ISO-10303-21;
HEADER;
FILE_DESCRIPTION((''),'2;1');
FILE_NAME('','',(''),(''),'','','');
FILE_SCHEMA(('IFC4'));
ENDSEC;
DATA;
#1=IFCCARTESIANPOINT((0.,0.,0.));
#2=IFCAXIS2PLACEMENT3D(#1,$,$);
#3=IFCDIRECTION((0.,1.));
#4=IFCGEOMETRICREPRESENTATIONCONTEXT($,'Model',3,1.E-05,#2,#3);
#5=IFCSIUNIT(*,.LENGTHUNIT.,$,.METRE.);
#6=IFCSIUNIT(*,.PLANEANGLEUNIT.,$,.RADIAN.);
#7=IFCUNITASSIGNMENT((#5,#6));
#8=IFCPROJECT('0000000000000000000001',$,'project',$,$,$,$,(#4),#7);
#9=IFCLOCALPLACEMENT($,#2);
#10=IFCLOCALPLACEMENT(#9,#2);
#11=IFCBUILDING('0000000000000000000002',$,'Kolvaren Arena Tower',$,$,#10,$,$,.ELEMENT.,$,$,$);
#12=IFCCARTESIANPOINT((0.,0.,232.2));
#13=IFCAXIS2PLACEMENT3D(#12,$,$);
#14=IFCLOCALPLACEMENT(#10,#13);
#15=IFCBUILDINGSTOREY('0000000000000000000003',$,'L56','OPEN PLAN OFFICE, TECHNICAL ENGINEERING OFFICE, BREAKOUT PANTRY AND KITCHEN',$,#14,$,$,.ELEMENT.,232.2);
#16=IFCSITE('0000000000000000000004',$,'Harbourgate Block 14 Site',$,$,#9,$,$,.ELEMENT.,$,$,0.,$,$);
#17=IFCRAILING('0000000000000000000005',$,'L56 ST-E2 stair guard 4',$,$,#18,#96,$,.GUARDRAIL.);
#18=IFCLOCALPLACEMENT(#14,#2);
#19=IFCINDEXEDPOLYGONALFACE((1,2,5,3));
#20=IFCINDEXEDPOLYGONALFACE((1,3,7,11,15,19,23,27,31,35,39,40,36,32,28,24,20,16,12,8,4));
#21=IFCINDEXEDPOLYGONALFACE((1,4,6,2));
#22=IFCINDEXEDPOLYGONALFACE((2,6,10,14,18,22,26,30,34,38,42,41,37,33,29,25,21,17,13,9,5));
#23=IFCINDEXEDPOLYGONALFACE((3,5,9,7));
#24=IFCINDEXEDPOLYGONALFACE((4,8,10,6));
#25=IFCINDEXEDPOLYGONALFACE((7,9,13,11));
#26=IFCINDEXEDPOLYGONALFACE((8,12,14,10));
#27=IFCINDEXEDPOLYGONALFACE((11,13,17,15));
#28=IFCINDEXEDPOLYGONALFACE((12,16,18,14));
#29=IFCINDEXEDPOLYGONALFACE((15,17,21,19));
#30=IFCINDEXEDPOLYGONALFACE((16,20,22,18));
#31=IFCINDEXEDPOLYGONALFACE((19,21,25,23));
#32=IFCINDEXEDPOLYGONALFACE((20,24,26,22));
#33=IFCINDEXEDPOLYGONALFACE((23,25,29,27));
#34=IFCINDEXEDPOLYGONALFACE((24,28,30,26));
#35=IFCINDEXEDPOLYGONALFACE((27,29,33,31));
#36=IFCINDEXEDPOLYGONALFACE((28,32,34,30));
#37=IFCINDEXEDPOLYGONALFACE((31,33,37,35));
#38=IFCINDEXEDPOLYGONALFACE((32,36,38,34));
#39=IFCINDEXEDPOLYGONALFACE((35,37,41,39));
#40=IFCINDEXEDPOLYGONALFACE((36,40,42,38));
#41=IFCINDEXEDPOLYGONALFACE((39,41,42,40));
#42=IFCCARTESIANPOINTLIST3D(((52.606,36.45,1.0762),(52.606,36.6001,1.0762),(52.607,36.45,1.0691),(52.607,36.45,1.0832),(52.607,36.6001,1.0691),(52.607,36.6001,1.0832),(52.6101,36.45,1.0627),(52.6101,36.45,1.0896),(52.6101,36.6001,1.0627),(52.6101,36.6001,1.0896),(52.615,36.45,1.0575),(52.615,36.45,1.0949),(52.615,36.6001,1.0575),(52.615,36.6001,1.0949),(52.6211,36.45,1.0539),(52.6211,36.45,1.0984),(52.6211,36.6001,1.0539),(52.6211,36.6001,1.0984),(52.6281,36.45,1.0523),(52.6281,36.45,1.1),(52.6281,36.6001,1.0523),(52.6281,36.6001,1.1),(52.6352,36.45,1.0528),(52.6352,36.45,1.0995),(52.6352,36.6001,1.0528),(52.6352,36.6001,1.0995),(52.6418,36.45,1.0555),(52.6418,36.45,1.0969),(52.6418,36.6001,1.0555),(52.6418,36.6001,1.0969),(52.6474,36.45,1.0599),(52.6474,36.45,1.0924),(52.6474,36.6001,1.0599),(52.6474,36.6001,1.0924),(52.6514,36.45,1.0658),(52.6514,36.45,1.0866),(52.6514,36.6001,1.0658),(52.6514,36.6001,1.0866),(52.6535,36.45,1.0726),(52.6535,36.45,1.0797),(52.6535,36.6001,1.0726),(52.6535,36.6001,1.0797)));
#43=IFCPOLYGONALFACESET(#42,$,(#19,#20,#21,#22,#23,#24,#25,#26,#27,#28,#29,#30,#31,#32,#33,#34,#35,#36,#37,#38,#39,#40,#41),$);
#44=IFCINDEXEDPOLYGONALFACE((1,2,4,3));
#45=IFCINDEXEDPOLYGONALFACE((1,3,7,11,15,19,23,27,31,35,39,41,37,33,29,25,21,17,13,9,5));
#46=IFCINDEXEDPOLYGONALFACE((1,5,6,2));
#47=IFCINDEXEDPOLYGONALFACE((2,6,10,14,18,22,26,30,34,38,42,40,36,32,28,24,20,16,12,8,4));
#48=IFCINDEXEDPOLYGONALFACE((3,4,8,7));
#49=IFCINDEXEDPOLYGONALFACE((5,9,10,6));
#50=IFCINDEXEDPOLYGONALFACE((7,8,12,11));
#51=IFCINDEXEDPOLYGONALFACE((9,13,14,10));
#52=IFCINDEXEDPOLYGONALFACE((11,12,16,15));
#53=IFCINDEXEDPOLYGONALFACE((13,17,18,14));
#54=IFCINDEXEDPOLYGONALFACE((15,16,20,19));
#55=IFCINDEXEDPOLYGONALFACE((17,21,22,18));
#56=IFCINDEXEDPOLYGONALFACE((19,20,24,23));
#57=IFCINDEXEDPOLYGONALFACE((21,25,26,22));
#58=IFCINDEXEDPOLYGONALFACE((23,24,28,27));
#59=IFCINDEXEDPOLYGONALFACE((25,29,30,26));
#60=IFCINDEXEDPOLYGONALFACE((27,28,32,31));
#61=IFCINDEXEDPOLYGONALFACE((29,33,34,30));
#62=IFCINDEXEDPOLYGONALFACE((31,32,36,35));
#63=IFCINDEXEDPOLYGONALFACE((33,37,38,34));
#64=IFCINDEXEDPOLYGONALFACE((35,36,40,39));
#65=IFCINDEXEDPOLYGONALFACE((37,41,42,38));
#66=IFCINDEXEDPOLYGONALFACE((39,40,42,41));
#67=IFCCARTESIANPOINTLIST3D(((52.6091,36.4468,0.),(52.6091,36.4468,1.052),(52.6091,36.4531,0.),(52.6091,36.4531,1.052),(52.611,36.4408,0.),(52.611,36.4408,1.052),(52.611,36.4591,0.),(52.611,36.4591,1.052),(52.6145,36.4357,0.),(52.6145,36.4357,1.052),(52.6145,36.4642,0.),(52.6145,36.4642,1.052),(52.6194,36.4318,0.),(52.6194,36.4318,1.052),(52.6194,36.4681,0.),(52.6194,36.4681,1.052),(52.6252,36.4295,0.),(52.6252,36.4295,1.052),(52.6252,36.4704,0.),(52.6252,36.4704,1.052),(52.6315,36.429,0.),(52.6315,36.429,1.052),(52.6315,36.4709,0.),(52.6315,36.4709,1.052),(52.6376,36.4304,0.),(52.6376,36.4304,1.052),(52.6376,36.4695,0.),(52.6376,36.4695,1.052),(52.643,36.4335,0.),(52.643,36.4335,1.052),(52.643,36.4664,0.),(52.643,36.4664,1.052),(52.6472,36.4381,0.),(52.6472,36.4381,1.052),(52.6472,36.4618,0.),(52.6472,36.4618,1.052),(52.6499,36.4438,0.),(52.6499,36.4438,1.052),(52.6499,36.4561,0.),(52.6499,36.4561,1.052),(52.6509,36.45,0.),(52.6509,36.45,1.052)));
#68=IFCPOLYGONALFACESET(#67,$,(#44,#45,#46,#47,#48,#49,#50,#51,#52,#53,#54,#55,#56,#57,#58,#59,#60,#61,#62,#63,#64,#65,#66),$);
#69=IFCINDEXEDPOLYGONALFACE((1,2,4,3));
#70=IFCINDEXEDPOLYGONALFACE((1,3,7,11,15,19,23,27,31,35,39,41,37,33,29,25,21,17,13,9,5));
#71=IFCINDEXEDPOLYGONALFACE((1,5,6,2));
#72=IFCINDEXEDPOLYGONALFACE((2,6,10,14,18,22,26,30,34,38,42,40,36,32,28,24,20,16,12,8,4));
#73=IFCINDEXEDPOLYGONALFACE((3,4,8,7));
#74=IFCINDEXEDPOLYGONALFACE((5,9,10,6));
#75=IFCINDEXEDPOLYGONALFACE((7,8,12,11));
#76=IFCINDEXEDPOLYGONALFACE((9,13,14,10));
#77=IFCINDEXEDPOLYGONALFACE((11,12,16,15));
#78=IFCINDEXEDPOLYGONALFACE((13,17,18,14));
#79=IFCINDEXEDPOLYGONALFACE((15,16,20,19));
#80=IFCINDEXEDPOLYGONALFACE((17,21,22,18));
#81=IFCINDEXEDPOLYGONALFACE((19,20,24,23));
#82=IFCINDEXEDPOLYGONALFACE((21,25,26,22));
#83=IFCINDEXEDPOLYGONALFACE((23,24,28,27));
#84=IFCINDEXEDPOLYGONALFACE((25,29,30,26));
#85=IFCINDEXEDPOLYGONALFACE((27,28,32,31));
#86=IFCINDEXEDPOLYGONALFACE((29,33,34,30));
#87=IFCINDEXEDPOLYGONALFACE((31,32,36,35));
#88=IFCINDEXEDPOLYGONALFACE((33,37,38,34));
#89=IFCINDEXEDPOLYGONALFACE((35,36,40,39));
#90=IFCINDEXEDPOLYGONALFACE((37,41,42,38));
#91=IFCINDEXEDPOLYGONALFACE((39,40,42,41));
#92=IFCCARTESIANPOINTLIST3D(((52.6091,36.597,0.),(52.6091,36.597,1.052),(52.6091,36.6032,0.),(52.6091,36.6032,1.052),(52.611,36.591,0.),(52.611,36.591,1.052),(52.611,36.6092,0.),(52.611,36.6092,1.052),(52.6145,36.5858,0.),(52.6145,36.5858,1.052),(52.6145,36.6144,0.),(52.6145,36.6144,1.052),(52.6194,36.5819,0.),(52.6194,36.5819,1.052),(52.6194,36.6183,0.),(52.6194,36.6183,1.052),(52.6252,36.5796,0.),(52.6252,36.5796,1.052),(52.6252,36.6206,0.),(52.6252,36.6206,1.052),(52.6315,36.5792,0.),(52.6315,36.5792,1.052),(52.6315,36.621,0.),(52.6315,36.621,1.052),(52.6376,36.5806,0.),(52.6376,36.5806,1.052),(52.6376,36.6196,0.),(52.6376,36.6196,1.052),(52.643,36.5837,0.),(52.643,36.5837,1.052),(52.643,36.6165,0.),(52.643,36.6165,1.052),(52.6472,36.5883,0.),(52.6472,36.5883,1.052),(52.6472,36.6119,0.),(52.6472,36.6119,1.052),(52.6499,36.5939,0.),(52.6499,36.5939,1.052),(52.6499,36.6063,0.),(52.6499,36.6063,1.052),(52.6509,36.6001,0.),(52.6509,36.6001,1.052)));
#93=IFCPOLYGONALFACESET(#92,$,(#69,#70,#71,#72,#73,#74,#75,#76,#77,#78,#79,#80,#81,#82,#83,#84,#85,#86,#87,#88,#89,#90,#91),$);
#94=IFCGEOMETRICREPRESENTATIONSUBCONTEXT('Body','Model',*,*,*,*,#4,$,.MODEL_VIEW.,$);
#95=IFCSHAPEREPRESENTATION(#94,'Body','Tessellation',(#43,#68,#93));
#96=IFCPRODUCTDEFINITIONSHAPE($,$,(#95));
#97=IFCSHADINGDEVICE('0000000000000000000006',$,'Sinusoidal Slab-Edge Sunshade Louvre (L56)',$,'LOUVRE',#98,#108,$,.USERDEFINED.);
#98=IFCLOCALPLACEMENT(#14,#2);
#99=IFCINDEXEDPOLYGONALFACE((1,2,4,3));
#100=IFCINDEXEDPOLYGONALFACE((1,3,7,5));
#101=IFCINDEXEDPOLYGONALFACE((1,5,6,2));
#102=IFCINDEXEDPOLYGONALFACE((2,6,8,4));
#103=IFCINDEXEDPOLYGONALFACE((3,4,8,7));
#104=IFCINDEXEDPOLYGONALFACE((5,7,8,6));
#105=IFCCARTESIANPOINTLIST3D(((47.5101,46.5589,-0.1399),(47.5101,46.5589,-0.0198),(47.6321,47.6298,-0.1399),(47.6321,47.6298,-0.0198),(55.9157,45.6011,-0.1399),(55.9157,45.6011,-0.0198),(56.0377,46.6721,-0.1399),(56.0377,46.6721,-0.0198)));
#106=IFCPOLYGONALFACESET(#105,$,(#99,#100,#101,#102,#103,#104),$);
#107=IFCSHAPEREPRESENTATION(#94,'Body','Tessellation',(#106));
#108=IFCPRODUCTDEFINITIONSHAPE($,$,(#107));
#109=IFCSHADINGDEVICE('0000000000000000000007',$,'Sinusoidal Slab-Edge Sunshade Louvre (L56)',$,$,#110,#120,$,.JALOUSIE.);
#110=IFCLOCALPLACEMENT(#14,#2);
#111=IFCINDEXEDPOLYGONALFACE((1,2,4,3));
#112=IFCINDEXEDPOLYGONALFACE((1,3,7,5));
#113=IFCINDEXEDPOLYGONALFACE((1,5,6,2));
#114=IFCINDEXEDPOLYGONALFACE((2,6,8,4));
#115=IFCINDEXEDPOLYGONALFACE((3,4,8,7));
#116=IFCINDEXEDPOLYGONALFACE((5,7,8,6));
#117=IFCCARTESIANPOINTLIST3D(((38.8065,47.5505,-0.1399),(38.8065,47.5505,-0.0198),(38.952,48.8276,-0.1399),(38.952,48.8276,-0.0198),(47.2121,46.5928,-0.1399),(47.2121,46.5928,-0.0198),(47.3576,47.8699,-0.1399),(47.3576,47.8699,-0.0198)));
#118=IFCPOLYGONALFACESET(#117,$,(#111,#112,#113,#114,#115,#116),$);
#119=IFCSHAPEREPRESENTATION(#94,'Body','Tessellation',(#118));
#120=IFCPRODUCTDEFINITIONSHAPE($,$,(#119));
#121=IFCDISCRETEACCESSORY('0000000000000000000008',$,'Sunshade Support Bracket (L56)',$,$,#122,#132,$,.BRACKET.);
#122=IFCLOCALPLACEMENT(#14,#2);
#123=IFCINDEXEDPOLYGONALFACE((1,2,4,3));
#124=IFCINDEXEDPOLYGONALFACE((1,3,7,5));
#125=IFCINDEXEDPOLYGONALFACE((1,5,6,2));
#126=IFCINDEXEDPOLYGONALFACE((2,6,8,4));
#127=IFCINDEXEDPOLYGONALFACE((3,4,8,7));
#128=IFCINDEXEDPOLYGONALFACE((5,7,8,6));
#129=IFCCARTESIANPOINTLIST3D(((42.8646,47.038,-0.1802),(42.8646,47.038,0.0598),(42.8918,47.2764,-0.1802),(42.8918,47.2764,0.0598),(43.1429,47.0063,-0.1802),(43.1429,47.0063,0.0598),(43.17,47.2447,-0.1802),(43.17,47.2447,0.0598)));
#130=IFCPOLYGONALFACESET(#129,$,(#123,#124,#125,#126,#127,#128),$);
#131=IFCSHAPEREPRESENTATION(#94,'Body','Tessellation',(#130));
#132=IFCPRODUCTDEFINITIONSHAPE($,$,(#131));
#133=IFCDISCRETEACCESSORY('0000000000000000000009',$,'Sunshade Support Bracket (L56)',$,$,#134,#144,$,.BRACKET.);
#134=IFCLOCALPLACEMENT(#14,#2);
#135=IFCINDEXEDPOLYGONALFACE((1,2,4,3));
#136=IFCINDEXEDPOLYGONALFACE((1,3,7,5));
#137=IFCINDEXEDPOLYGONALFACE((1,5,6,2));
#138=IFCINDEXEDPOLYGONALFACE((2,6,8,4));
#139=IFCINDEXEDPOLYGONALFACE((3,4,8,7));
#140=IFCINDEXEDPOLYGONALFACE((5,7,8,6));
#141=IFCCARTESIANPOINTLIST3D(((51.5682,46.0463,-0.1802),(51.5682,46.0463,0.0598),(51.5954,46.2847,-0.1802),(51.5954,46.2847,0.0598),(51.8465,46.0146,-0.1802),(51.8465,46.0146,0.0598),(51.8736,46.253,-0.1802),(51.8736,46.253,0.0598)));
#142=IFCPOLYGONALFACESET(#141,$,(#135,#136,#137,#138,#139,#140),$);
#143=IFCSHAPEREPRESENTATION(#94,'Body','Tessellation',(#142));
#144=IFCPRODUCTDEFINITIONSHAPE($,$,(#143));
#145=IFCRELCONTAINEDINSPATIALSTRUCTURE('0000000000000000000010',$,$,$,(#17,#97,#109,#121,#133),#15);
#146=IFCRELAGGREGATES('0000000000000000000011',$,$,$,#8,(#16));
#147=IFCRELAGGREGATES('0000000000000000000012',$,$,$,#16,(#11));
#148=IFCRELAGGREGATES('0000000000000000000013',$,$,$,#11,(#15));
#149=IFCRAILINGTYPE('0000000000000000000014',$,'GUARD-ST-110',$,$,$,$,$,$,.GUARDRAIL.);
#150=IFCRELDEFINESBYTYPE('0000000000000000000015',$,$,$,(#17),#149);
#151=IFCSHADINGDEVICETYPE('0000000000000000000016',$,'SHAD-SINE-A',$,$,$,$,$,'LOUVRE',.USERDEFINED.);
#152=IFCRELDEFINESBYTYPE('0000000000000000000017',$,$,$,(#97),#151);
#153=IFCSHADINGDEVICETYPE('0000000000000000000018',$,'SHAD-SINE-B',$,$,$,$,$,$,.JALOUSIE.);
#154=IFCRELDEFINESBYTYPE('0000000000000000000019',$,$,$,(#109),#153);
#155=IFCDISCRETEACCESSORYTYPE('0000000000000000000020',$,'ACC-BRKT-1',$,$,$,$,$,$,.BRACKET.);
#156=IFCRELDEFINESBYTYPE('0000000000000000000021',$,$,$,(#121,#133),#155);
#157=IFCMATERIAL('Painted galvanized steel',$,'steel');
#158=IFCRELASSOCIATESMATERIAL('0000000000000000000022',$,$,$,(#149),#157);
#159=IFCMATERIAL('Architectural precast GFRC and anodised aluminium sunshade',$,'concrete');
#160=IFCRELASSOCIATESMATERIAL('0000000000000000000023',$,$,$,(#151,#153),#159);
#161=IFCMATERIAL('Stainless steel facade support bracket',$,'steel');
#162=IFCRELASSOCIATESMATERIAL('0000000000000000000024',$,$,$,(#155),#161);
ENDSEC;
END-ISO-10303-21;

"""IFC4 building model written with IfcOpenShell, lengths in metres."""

from ifc_helpers import new_model, si_unit, direction, frame, origin, origin_2d, place, context, subcontext, project, spatial, rectangle, circle, extrude, material, type_object, element, save


model = new_model("IFC4")

# Units and contexts
model_context = context("Model", 3, precision=1e-05, world=origin(), true_north=direction((0.0, 1.0)))
body_context = subcontext(model_context, "Body", "Model", "MODEL_VIEW")
ifc_project = project(units=[si_unit("LENGTHUNIT", "METRE"), si_unit("PLANEANGLEUNIT", "RADIAN")], contexts=[model_context])

# Site, building, storey
site_placement = place(None, origin())
site = spatial("IfcSite", under=ifc_project, at=site_placement, Name="Harbourgate Block 14 Site", CompositionType="ELEMENT", RefElevation=0.0)
building_placement = place(site_placement, origin())
building = spatial("IfcBuilding", under=site, at=building_placement, Name="Kolvaren Arena Tower", CompositionType="ELEMENT")
storey_placement = place(building_placement, frame((0.0, 0.0, 232.2)))
storey = spatial("IfcBuildingStorey", under=building, at=storey_placement, Name="L56", Description="OPEN PLAN OFFICE, TECHNICAL ENGINEERING OFFICE, BREAKOUT PANTRY AND KITCHEN", CompositionType="ELEMENT", Elevation=232.2)

# Railing
ifc_material_1 = material(Name="Painted galvanized steel", Category="steel")
railing_type = type_object("IfcRailingType", Name="GUARD-ST-110", PredefinedType="GUARDRAIL", material=ifc_material_1)
railing_1_placement = place(storey_placement, frame((52.6299, 36.45, 0.0)))
element("IfcRailing", 1, at=railing_1_placement, inside=storey, type_object=railing_type, Name="L56 ST-E2 stair guard 4", PredefinedType="GUARDRAIL", context=body_context, shape_type="SweptSolid", body=[
    extrude(circle(Radius=0.0239, at=origin_2d()), frame((0.0, 0.0, 1.0762), z_axis=(0.0, 1.0, 0.0), x_axis=(-1.0, 0.0, 0.0)), (0.0, 0.0, 1.0), 0.1501),
    extrude(circle(Radius=0.021, at=origin_2d()), origin(), (0.0, 0.0, 1.0), 1.052),
    extrude(circle(Radius=0.021, at=origin_2d()), frame((0.0, 0.1501, 0.0)), (0.0, 0.0, 1.0), 1.052),
])

# Shading devices
ifc_material_2 = material(Name="Architectural precast GFRC and anodised aluminium sunshade", Category="concrete")
shading_device_type_1 = type_object("IfcShadingDeviceType", Name="SHAD-SINE-A", ElementType="LOUVRE", PredefinedType="USERDEFINED", material=ifc_material_2)
shading_device_1_placement = place(storey_placement, frame((51.7739, 46.6155, -0.1399), z_axis=(0.0, 0.0, 1.0), x_axis=(0.993572, -0.113205, 0.0)))
element("IfcShadingDevice", 2, at=shading_device_1_placement, inside=storey, type_object=shading_device_type_1, Name="Sinusoidal Slab-Edge Sunshade Louvre (L56)", ObjectType="LOUVRE", PredefinedType="USERDEFINED", context=body_context, shape_type="SweptSolid", body=[
    extrude(rectangle(XDim=8.46, YDim=1.0779, at=origin_2d()), origin(), (0.0, 0.0, 1.0), 0.1201),
])
shading_device_type_2 = type_object("IfcShadingDeviceType", Name="SHAD-SINE-B", PredefinedType="JALOUSIE", material=ifc_material_2)
shading_device_2_placement = place(storey_placement, frame((43.082, 47.7102, -0.1399), z_axis=(0.0, 0.0, 1.0), x_axis=(0.993572, -0.113205, 0.0)))
element("IfcShadingDevice", 3, at=shading_device_2_placement, inside=storey, type_object=shading_device_type_2, Name="Sinusoidal Slab-Edge Sunshade Louvre (L56)", PredefinedType="JALOUSIE", context=body_context, shape_type="SweptSolid", body=[
    extrude(rectangle(XDim=8.46, YDim=1.2854, at=origin_2d()), origin(), (0.0, 0.0, 1.0), 0.1201),
])

# Discrete accessories
ifc_material_3 = material(Name="Stainless steel facade support bracket", Category="steel")
discrete_accessory_type = type_object("IfcDiscreteAccessoryType", Name="ACC-BRKT-1", PredefinedType="BRACKET", material=ifc_material_3)
for number, where, z_axis, x_axis, name in (
    (4, (43.0173, 47.1414, -0.1802), (0.0, 0.0, 1.0), (0.993572, -0.113205, 0.0), "Sunshade Support Bracket (L56)"),
    (5, (51.7209, 46.1497, -0.1802), (0.0, 0.0, 1.0), (0.993572, -0.113205, 0.0), "Sunshade Support Bracket (L56)"),
):
    element("IfcDiscreteAccessory", number, at=place(storey_placement, frame(where, z_axis=z_axis, x_axis=x_axis)), inside=storey, type_object=discrete_accessory_type, Name=name, PredefinedType="BRACKET", context=body_context, shape_type="SweptSolid", body=[
        extrude(rectangle(XDim=0.28, YDim=0.24, at=origin_2d()), origin(), (0.0, 0.0, 1.0), 0.24),
    ])

save(model, "model.ifc")
